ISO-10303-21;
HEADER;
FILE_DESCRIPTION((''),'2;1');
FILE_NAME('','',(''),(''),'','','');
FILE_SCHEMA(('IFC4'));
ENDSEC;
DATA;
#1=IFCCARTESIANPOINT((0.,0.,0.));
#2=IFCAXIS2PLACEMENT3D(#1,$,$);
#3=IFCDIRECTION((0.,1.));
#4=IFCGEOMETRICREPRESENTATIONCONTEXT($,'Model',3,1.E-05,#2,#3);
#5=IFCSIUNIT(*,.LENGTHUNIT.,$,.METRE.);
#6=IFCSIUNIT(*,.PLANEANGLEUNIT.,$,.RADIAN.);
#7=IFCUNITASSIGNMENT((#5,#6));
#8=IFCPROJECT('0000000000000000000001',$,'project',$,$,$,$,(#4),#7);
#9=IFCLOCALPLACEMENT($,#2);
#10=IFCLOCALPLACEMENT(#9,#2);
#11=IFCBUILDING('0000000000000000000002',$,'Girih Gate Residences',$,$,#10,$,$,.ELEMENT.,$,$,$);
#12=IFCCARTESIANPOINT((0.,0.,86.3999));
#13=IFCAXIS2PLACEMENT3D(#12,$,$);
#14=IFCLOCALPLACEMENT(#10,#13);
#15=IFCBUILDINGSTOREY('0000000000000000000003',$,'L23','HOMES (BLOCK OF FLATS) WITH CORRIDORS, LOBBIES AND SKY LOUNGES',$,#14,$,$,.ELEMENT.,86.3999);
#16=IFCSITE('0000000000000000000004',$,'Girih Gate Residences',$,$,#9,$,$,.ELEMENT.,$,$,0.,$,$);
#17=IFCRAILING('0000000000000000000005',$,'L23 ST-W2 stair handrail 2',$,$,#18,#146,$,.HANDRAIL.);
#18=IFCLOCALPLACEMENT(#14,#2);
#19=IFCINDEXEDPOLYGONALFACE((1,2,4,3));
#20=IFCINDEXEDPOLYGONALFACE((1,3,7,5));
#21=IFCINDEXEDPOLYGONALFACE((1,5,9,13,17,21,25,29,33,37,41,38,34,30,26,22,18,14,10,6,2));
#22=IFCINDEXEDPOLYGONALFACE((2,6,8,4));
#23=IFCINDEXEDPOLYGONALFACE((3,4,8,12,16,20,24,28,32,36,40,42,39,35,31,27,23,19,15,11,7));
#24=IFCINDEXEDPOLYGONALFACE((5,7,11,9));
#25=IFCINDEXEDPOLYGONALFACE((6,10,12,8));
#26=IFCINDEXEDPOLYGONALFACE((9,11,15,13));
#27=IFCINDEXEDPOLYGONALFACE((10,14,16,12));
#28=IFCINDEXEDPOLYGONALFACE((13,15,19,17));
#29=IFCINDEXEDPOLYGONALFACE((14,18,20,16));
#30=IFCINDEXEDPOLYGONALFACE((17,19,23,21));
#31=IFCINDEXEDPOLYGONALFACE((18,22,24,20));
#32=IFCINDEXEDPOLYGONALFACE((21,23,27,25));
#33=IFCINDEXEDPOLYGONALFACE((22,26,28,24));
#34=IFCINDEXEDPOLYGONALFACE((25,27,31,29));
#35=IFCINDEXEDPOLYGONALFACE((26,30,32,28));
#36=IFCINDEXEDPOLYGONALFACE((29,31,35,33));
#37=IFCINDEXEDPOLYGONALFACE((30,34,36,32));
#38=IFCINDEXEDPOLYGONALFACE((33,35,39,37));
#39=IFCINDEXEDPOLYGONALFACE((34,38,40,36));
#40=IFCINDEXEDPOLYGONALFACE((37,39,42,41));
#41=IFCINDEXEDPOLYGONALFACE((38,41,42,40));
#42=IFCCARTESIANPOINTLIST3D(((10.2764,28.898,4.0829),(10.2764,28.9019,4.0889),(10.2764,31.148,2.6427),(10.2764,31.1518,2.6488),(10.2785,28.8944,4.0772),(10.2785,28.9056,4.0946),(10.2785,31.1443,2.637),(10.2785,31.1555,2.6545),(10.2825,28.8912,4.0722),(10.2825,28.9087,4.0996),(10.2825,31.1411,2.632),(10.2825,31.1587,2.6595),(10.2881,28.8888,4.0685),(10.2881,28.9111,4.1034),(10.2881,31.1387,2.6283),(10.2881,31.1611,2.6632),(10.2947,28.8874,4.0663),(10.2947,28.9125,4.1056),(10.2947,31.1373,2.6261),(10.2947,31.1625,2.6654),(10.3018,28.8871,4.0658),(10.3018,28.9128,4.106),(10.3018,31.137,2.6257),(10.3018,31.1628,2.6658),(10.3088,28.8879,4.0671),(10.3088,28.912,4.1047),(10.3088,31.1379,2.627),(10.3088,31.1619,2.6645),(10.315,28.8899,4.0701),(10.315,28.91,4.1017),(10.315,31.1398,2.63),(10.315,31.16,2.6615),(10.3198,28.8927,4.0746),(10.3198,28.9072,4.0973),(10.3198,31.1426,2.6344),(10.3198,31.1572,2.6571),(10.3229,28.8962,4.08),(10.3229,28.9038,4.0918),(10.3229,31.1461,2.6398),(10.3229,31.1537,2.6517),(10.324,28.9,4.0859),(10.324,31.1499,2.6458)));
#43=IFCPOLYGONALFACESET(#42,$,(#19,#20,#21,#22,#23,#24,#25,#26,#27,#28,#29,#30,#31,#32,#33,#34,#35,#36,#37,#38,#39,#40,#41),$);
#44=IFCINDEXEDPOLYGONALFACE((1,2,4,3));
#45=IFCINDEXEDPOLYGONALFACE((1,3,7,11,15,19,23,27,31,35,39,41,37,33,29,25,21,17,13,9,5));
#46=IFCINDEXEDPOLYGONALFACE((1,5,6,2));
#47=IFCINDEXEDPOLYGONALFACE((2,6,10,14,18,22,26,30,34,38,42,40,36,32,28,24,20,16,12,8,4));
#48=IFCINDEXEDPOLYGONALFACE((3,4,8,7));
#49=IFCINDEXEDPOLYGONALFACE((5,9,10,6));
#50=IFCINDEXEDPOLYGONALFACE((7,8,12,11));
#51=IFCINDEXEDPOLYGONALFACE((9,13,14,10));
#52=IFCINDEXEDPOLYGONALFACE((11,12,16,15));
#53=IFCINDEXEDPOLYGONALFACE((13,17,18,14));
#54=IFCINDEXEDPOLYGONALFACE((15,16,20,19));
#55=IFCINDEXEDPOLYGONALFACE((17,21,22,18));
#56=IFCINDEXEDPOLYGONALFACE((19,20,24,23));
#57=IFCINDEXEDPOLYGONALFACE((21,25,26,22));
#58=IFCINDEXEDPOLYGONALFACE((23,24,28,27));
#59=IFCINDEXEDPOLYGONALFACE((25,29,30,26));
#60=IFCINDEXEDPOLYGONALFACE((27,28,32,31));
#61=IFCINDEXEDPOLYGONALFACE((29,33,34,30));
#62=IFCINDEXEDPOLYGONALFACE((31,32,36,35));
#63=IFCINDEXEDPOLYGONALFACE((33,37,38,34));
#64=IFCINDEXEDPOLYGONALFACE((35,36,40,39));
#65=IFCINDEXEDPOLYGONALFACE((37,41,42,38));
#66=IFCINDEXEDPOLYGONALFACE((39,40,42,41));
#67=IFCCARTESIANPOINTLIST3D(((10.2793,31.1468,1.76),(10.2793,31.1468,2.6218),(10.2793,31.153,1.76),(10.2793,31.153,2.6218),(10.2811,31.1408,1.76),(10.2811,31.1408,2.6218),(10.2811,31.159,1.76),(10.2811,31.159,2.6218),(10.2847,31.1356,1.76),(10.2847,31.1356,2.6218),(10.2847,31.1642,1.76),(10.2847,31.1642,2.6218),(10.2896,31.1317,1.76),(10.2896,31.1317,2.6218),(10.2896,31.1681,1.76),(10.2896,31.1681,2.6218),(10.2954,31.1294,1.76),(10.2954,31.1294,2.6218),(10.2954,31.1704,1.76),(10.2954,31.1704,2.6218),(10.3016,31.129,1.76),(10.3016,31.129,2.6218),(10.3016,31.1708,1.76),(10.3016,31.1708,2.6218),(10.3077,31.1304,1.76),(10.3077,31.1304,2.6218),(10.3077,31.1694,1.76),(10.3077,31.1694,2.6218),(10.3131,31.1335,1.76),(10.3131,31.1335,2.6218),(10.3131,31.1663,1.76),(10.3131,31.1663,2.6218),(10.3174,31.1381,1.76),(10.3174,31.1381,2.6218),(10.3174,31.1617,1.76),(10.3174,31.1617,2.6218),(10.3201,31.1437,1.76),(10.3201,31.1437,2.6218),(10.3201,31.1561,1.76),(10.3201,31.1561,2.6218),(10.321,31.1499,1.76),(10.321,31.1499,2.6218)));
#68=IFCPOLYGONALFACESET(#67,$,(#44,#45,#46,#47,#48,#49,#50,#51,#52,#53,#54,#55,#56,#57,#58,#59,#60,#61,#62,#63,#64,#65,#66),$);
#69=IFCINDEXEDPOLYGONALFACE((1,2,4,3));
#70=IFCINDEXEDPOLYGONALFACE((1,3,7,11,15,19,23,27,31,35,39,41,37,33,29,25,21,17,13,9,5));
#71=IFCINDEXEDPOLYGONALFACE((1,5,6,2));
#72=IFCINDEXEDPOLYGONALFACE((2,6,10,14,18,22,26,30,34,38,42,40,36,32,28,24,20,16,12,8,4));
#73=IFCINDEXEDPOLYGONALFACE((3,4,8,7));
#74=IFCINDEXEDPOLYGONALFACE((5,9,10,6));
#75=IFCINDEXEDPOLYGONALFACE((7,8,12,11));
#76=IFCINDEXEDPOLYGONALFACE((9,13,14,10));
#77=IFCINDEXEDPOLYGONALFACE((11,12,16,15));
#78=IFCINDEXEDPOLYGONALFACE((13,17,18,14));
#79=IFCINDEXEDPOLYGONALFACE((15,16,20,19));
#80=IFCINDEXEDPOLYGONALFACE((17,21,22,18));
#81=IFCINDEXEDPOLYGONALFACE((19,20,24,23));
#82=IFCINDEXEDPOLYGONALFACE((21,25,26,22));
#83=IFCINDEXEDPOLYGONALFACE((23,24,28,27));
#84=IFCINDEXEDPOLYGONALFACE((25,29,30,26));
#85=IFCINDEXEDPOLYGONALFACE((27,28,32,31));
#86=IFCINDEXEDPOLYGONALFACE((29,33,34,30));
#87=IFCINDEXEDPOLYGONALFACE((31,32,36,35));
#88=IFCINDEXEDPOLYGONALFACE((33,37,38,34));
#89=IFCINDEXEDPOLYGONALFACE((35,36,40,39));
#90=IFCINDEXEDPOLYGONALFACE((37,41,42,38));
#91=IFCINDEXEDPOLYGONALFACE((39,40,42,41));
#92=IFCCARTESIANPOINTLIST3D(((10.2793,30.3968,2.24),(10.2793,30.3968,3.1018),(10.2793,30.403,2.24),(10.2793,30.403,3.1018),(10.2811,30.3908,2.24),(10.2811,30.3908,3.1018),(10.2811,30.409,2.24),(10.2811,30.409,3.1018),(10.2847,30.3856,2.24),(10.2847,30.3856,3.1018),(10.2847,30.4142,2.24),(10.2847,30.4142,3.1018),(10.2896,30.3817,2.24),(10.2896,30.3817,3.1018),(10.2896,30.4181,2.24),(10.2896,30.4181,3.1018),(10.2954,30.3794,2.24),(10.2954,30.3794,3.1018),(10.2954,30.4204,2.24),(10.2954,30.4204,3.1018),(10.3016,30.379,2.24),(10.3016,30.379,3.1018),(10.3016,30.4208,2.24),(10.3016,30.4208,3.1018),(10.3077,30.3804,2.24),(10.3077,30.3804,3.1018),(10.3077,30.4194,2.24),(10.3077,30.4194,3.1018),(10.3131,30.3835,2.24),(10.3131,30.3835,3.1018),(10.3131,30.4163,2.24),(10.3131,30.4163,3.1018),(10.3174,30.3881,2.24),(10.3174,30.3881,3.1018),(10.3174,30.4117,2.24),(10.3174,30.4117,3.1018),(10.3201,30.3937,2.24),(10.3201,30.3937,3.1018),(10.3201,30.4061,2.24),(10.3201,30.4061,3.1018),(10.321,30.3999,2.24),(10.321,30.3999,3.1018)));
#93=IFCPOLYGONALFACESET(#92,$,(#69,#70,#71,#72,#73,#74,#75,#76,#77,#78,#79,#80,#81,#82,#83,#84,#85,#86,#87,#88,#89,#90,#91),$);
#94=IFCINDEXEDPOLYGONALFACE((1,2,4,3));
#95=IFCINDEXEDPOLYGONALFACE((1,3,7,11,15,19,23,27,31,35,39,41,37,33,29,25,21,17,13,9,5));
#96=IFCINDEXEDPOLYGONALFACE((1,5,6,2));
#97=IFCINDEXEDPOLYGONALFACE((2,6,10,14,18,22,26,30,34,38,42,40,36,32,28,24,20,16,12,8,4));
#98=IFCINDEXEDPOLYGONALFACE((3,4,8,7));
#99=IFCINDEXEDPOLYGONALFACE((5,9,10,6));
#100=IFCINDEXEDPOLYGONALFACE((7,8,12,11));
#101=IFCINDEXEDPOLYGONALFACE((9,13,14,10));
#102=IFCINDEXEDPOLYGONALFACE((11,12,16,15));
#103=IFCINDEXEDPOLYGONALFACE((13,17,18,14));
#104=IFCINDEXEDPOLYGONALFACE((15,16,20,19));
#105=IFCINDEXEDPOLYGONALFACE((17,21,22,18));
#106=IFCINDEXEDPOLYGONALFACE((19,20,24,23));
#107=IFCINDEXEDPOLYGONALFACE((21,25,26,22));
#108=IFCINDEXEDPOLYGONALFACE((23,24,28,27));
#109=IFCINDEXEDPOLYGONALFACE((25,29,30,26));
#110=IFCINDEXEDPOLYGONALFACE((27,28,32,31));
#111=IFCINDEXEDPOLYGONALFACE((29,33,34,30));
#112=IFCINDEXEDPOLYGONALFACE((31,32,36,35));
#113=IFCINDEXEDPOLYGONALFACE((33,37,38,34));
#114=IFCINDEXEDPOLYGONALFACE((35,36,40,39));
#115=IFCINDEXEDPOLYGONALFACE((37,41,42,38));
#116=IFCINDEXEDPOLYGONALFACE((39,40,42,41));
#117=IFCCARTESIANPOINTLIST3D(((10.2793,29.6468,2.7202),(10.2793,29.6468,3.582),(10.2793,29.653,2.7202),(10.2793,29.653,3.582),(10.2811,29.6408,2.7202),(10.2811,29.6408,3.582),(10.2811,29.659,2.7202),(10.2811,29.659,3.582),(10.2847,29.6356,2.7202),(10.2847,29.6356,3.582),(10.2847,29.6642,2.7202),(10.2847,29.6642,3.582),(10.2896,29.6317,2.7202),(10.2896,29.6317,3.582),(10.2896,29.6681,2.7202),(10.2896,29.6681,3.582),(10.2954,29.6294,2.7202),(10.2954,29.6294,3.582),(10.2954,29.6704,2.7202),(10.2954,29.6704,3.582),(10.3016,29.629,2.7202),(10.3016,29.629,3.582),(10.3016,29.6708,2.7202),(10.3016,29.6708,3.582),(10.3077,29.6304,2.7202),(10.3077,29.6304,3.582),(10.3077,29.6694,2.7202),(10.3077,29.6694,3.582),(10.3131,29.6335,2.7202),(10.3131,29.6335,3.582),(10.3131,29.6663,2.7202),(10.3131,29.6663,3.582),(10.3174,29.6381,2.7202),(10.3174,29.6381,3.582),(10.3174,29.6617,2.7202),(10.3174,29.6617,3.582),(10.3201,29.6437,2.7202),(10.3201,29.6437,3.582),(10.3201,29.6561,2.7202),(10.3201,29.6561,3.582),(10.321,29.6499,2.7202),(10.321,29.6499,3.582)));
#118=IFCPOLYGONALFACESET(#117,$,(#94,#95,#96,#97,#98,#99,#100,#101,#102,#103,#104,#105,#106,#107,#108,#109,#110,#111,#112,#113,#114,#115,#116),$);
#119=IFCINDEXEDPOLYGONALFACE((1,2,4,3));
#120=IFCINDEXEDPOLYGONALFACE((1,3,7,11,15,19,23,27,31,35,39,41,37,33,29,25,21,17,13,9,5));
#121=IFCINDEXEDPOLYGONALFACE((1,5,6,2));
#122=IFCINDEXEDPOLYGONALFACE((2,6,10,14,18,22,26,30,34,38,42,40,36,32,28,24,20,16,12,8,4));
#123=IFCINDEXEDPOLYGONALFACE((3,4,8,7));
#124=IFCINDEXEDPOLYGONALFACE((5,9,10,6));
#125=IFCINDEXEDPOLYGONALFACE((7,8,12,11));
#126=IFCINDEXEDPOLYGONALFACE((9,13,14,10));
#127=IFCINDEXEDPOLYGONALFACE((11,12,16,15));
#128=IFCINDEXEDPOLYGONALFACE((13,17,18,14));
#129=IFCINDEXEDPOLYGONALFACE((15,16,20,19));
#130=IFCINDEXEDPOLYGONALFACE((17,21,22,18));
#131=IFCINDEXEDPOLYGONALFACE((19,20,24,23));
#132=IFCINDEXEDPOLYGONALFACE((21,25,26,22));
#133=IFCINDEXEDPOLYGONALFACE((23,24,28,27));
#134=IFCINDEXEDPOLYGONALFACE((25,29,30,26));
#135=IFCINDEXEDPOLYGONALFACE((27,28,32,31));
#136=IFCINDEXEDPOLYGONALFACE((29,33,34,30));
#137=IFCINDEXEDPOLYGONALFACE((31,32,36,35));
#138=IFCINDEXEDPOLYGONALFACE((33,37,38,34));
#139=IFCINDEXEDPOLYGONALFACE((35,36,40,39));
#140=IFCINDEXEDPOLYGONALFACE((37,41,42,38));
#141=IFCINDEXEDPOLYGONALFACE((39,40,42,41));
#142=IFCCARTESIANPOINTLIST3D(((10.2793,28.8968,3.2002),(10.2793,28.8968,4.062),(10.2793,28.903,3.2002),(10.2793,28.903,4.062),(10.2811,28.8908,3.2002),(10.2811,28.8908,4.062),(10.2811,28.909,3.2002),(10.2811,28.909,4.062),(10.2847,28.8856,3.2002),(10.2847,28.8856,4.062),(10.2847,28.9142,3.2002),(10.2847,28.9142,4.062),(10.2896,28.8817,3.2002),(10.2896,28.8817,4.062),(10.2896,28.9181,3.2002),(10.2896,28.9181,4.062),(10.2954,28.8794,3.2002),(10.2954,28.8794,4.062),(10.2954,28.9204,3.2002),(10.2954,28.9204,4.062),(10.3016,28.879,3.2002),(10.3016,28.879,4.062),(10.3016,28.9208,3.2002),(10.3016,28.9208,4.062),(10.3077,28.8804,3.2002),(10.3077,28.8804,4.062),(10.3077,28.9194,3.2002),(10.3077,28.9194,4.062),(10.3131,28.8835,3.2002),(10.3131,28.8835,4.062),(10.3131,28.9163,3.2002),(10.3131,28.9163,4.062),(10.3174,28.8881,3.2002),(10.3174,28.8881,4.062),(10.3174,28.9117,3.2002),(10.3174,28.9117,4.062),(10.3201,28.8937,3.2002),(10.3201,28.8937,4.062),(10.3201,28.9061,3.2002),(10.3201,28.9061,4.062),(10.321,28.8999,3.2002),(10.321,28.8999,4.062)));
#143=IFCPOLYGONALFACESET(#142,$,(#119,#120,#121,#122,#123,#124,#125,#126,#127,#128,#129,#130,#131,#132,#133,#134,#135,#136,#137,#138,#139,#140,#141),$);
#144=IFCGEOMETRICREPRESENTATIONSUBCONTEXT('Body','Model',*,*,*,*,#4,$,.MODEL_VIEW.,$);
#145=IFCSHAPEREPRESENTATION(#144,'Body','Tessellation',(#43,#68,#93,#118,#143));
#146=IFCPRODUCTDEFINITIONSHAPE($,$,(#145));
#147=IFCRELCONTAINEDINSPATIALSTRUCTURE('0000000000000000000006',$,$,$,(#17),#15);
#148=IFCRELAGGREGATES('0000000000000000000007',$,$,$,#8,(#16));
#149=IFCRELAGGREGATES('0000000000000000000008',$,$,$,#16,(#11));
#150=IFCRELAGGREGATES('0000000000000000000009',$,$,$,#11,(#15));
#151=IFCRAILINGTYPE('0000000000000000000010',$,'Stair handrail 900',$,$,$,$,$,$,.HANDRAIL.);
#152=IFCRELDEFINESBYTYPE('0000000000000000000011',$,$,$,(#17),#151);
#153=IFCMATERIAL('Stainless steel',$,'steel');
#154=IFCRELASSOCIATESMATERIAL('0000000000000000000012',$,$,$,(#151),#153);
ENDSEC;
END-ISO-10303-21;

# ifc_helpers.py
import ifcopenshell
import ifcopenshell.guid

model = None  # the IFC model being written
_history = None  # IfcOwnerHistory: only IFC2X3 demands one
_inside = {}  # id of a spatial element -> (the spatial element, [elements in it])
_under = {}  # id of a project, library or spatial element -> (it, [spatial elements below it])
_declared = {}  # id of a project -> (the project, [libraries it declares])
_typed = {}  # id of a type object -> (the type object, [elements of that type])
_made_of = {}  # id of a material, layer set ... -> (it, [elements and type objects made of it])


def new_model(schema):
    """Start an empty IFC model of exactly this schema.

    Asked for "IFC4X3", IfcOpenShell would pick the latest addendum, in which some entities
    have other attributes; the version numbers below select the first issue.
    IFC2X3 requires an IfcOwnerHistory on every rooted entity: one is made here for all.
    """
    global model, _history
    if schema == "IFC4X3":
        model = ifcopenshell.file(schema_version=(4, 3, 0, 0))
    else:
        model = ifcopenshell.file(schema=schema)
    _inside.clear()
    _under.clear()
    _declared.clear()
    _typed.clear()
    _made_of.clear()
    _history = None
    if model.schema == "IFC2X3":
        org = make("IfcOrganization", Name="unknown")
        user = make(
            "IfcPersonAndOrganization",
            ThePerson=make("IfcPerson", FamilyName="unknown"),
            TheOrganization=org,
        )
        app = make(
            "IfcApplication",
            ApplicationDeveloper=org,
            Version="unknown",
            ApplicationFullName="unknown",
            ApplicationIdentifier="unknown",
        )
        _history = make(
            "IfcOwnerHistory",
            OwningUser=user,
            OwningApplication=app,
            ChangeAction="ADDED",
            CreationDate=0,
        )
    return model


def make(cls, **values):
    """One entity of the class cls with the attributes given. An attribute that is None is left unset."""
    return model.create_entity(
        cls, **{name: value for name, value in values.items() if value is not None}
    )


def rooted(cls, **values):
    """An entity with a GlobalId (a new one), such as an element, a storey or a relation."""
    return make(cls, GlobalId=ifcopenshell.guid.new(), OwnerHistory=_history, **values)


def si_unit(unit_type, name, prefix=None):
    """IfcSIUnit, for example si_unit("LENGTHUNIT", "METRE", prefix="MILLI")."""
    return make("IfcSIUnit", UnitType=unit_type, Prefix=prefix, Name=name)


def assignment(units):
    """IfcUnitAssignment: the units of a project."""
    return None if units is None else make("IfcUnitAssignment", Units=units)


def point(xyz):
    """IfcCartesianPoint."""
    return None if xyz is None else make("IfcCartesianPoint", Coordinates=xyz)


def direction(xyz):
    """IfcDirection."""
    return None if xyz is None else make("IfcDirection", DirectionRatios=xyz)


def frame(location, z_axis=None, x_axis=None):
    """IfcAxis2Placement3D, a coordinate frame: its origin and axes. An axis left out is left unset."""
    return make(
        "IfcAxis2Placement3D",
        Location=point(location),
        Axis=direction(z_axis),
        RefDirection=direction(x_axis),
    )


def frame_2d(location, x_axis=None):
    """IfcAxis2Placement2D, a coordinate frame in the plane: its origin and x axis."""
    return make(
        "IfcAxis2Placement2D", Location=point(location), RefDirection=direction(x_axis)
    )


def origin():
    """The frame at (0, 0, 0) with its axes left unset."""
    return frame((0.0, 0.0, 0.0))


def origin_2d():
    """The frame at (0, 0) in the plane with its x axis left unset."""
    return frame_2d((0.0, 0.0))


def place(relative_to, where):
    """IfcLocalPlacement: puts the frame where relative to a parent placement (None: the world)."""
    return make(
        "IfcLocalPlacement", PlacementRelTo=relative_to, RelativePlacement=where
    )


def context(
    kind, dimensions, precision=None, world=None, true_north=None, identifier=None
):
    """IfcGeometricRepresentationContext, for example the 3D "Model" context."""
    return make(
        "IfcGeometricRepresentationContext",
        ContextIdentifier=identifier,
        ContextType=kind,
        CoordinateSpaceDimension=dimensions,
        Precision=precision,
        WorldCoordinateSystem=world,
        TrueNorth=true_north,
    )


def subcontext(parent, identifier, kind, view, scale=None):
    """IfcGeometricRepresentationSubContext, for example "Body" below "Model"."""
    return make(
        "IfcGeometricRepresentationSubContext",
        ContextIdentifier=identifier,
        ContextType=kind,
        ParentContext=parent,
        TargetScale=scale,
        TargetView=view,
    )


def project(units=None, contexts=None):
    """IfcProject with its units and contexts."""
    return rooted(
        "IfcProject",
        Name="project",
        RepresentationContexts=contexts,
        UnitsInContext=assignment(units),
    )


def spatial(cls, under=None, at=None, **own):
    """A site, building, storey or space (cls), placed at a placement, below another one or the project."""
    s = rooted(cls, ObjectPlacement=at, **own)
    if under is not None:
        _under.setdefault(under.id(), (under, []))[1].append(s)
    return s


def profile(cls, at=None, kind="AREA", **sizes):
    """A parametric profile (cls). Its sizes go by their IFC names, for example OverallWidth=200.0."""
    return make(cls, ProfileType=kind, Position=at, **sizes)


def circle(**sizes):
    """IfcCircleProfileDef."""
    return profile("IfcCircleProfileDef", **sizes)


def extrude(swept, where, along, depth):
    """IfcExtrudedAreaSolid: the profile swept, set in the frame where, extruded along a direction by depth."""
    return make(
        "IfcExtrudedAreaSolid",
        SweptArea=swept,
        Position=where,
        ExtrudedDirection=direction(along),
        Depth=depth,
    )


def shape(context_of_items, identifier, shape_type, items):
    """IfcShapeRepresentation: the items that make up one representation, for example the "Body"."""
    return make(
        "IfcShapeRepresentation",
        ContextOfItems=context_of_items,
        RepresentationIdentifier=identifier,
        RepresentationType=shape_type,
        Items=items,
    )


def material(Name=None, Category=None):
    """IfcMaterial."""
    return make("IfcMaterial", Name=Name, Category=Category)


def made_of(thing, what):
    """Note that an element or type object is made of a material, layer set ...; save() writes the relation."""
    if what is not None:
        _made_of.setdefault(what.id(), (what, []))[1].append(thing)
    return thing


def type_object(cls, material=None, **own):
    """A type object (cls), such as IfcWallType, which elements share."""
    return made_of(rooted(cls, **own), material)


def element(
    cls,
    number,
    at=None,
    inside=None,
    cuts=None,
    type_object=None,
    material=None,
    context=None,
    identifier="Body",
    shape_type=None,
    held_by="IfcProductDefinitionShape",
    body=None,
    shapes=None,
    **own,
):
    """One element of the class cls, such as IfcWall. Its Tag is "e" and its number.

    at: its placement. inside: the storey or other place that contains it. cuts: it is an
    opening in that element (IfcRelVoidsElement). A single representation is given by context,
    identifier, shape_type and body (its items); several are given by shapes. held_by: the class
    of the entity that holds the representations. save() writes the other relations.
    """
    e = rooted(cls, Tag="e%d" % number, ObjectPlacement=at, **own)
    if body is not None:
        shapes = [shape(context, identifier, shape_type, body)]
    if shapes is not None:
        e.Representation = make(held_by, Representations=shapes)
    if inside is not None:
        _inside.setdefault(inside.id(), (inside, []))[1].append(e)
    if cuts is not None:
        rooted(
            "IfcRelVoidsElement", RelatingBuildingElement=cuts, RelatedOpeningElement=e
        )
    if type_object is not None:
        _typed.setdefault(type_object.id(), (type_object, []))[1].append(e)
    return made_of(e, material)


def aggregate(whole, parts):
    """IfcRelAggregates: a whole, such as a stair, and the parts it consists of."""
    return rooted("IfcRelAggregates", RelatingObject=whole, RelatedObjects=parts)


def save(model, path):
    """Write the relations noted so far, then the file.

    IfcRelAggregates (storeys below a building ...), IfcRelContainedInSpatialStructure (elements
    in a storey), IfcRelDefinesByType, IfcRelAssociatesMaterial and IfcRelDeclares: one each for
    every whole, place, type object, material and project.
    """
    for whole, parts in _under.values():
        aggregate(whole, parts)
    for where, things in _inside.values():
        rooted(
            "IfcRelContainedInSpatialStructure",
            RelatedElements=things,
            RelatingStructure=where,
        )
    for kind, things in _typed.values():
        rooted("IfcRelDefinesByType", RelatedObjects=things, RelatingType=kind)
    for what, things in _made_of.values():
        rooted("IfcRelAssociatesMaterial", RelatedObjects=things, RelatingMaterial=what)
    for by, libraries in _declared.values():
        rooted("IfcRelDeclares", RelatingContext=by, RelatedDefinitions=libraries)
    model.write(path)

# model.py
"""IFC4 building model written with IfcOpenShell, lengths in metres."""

from ifc_helpers import new_model, si_unit, direction, frame, origin, origin_2d, place, context, subcontext, project, spatial, circle, extrude, material, type_object, element, save


model = new_model("IFC4")

# Units and contexts
model_context = context("Model", 3, precision=1e-05, world=origin(), true_north=direction((0.0, 1.0)))
body_context = subcontext(model_context, "Body", "Model", "MODEL_VIEW")
ifc_project = project(units=[si_unit("LENGTHUNIT", "METRE"), si_unit("PLANEANGLEUNIT", "RADIAN")], contexts=[model_context])

# Site, building, storey
site_placement = place(None, origin())
site = spatial("IfcSite", under=ifc_project, at=site_placement, Name="Girih Gate Residences", CompositionType="ELEMENT", RefElevation=0.0)
building_placement = place(site_placement, origin())
building = spatial("IfcBuilding", under=site, at=building_placement, Name="Girih Gate Residences", CompositionType="ELEMENT")
storey_placement = place(building_placement, frame((0.0, 0.0, 86.3999)))
storey = spatial("IfcBuildingStorey", under=building, at=storey_placement, Name="L23", Description="HOMES (BLOCK OF FLATS) WITH CORRIDORS, LOBBIES AND SKY LOUNGES", CompositionType="ELEMENT", Elevation=86.3999)

# Railing
ifc_material_1 = material(Name="Stainless steel", Category="steel")
railing_type_1 = type_object("IfcRailingType", Name="Stair handrail 900", PredefinedType="HANDRAIL", material=ifc_material_1)
railing_1_placement = place(storey_placement, frame((10.3, 31.1499, 1.76)))
element("IfcRailing", 1, at=railing_1_placement, inside=storey, type_object=railing_type_1, Name="L23 ST-W2 stair handrail 2", PredefinedType="HANDRAIL", context=body_context, shape_type="SweptSolid", body=[
    extrude(circle(Radius=0.0239, at=origin_2d()), frame((0.0, 0.0, 0.8857), z_axis=(0.0, -0.84224, 0.539103), x_axis=(1.0, 0.0, 0.0)), (0.0, 0.0, 1.0), 2.6714),
    extrude(circle(Radius=0.021, at=origin_2d()), origin(), (0.0, 0.0, 1.0), 0.8618),
    extrude(circle(Radius=0.021, at=origin_2d()), frame((0.0, -0.75, 0.48)), (0.0, 0.0, 1.0), 0.8618),
    extrude(circle(Radius=0.021, at=origin_2d()), frame((0.0, -1.5, 0.9602)), (0.0, 0.0, 1.0), 0.8618),
    extrude(circle(Radius=0.021, at=origin_2d()), frame((0.0, -2.25, 1.4402)), (0.0, 0.0, 1.0), 0.8618),
])

save(model, "model.ifc")
